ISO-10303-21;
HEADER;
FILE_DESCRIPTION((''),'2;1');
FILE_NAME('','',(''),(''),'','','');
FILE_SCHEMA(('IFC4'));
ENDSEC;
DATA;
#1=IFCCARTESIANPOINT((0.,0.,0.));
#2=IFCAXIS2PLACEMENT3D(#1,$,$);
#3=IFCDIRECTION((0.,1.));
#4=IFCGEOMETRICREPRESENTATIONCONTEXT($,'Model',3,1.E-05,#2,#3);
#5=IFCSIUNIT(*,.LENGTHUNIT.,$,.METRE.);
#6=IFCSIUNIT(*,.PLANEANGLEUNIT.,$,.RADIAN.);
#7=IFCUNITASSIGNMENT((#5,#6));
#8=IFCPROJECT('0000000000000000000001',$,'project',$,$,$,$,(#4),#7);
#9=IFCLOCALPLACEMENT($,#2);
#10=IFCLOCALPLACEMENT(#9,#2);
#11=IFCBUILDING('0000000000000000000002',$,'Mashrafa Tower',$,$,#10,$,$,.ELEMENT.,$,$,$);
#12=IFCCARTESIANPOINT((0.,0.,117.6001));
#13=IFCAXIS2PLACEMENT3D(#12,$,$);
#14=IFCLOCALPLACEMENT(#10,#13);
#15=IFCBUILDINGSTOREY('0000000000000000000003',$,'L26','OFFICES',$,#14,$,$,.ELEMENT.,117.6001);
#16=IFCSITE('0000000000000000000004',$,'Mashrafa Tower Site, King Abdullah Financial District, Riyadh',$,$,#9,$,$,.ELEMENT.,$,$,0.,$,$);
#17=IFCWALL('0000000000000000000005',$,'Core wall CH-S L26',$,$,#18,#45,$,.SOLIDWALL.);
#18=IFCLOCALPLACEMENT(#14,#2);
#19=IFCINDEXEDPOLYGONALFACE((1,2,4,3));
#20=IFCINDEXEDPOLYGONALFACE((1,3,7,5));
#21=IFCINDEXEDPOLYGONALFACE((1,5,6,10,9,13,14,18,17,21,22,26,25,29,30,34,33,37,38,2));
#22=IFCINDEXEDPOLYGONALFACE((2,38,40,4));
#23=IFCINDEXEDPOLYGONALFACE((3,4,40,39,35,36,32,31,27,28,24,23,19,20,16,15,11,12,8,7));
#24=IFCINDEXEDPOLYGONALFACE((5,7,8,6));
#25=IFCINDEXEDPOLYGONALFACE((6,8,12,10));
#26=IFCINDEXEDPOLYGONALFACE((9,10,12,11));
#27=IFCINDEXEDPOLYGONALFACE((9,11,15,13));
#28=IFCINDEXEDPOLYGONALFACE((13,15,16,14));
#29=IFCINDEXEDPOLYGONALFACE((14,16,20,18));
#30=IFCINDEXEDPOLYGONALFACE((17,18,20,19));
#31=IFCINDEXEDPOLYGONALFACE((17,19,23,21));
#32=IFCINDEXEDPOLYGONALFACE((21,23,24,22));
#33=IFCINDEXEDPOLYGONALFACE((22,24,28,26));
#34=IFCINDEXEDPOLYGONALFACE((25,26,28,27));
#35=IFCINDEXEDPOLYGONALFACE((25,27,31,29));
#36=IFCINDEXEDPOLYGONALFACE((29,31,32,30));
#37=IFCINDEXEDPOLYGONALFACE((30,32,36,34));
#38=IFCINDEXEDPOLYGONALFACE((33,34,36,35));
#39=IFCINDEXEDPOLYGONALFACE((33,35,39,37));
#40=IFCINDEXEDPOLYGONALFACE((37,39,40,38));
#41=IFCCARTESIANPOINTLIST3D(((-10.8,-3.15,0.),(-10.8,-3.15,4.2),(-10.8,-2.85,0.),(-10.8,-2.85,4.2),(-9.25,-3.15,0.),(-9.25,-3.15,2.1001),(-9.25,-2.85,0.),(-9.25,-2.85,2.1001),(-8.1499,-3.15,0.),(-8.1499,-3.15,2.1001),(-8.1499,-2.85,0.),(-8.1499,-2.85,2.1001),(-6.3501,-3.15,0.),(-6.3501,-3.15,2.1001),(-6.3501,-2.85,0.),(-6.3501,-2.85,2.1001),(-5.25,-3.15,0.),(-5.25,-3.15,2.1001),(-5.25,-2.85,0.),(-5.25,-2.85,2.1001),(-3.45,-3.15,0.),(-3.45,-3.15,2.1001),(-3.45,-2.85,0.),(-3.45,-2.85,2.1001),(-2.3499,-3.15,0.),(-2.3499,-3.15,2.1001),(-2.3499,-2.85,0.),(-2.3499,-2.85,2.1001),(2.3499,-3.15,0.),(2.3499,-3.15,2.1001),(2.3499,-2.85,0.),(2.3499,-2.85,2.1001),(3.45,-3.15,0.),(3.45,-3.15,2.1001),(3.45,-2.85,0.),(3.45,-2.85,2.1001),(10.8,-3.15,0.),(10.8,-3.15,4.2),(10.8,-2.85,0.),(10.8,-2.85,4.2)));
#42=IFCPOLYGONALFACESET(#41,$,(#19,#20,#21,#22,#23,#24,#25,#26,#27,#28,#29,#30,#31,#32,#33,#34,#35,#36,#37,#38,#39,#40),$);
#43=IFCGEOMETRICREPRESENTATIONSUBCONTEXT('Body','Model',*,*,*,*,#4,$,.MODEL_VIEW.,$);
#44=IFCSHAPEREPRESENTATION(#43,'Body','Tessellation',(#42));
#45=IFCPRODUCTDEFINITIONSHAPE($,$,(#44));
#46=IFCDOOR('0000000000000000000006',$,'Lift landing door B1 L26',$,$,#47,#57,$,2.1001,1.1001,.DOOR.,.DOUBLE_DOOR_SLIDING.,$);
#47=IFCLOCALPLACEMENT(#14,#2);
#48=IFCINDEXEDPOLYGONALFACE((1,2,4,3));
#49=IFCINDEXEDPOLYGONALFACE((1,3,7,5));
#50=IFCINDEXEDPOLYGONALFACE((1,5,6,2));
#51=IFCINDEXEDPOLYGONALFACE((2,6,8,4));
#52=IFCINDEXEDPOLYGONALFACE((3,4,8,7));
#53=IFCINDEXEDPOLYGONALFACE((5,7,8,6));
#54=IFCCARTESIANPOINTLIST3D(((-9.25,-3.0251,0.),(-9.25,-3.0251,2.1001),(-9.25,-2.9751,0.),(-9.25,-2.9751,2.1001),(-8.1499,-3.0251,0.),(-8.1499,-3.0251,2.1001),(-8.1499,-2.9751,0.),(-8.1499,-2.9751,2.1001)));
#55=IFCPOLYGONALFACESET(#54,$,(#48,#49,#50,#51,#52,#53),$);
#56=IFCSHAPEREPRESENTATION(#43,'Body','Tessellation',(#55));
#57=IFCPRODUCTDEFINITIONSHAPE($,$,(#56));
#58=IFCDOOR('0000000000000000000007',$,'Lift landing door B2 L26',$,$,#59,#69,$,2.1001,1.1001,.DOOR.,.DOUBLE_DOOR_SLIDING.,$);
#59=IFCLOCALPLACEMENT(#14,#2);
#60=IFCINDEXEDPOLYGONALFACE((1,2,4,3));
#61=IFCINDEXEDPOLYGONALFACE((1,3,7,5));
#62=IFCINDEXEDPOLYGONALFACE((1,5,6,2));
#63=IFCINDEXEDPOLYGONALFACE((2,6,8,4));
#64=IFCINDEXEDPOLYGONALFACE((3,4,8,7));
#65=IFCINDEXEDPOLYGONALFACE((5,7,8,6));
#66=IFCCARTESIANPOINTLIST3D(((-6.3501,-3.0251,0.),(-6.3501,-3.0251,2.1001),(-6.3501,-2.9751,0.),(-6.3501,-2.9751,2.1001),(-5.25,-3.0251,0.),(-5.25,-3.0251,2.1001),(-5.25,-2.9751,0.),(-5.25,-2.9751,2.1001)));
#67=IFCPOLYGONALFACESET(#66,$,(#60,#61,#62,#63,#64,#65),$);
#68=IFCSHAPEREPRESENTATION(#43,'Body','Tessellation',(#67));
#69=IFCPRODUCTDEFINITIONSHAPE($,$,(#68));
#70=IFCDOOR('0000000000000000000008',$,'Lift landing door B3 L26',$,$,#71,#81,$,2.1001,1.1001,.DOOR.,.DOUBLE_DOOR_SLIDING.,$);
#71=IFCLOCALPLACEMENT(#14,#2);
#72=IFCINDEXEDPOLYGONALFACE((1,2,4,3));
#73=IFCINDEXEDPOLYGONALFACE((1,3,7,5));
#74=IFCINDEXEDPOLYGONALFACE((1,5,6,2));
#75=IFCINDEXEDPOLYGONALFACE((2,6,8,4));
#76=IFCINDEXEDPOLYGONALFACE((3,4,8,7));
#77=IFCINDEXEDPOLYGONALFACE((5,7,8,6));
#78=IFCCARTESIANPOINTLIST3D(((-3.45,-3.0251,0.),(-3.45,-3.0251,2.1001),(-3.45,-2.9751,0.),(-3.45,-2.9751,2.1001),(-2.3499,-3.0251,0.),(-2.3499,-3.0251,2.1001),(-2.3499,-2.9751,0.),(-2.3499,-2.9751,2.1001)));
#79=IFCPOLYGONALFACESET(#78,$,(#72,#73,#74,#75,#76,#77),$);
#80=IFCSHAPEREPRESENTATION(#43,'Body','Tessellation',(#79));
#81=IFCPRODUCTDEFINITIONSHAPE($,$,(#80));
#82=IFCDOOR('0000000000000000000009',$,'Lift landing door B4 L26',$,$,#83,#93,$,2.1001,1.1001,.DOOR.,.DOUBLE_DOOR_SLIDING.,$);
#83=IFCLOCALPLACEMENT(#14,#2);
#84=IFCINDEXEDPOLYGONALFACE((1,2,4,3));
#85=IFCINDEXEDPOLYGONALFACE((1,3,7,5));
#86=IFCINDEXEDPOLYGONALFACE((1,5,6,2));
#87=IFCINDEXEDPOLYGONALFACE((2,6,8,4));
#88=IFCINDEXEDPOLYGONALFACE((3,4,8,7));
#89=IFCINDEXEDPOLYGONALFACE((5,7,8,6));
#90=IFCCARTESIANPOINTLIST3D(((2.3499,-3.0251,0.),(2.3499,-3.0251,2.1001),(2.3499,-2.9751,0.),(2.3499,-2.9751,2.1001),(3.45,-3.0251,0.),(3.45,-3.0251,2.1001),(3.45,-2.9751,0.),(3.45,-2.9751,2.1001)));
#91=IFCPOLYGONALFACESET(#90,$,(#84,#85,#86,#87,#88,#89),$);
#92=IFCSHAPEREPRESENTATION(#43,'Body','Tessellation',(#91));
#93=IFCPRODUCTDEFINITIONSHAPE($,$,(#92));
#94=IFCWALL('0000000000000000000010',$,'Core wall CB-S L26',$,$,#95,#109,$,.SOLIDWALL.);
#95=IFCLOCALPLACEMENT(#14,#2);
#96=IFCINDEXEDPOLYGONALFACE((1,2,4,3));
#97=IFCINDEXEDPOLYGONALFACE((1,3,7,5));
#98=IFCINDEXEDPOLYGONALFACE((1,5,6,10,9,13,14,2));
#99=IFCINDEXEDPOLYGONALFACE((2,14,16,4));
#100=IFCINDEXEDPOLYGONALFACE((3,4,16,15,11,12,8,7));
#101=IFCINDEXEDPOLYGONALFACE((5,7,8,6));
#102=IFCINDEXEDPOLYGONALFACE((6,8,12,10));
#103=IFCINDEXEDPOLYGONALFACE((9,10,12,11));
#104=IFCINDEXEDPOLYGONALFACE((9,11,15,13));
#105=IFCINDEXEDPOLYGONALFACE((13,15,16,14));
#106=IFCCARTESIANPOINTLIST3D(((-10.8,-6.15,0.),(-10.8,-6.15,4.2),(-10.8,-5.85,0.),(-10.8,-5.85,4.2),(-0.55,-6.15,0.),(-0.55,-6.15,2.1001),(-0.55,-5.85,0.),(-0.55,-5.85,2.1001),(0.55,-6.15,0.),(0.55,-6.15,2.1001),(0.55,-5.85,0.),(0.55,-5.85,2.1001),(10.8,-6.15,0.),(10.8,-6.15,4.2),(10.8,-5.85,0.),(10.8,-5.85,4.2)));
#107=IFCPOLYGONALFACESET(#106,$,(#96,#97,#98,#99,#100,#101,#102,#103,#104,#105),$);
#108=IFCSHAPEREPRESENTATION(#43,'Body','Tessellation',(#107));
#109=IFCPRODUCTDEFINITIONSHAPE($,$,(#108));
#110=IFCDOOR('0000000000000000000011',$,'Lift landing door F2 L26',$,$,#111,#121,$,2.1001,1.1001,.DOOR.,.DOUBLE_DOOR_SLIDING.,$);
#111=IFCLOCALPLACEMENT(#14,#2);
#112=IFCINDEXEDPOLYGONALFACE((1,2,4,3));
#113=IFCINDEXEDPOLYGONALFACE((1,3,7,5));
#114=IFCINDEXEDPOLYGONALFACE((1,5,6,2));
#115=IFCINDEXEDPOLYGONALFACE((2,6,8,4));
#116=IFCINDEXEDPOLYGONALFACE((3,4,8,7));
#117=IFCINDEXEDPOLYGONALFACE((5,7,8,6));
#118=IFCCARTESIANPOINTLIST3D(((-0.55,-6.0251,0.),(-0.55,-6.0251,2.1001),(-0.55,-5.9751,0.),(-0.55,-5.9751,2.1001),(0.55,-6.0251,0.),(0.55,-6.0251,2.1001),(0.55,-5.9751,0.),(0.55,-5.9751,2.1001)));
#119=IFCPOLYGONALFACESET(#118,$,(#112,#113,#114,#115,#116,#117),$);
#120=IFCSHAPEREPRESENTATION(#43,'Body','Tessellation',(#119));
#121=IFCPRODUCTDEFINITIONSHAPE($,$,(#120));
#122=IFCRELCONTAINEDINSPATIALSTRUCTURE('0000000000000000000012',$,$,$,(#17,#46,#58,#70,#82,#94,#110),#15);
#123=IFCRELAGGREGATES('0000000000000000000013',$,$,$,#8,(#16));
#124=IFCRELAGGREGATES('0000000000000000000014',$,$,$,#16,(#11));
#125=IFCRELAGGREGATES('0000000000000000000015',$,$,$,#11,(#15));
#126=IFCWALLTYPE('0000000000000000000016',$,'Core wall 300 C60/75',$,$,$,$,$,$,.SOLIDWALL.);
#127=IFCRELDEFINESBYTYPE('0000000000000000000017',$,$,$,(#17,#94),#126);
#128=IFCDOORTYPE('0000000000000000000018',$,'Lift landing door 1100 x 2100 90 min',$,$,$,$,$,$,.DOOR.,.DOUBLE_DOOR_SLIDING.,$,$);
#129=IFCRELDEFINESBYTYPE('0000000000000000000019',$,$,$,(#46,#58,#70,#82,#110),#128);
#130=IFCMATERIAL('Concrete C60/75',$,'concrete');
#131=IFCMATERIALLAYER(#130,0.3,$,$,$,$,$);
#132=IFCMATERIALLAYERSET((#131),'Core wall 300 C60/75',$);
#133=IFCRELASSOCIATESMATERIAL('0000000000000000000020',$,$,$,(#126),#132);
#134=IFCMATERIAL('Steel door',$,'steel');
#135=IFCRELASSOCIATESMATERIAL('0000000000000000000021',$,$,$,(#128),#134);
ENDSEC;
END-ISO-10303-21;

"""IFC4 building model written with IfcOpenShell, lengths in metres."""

from ifc_helpers import new_model, si_unit, direction, frame, frame_2d, origin, place, context, subcontext, project, spatial, rectangle, extrude, material, layer, layer_set, type_object, element, fill, save


model = new_model("IFC4")

# Units and contexts
model_context = context("Model", 3, precision=1e-05, world=origin(), true_north=direction((0.0, 1.0)))
body_context = subcontext(model_context, "Body", "Model", "MODEL_VIEW")
ifc_project = project(units=[si_unit("LENGTHUNIT", "METRE"), si_unit("PLANEANGLEUNIT", "RADIAN")], contexts=[model_context])

# Site, building, storey
site_placement = place(None, origin())
site = spatial("IfcSite", under=ifc_project, at=site_placement, Name="Mashrafa Tower Site, King Abdullah Financial District, Riyadh", CompositionType="ELEMENT", RefElevation=0.0)
building_placement = place(site_placement, origin())
building = spatial("IfcBuilding", under=site, at=building_placement, Name="Mashrafa Tower", CompositionType="ELEMENT")
storey_placement = place(building_placement, frame((0.0, 0.0, 117.6001)))
storey = spatial("IfcBuildingStorey", under=building, at=storey_placement, Name="L26", Description="OFFICES", CompositionType="ELEMENT", Elevation=117.6001)

# Wall, openings, doors
ifc_material_1 = material(Name="Concrete C60/75", Category="concrete")
ifc_layer_1 = layer(ifc_material_1, 0.3)
ifc_layer_set_1 = layer_set([ifc_layer_1], Name="Core wall 300 C60/75")
wall_type_1 = type_object("IfcWallType", Name="Core wall 300 C60/75", PredefinedType="SOLIDWALL", material=ifc_layer_set_1)
wall_1_placement = place(storey_placement, frame((-10.8, -3.0, 0.0), z_axis=(0.0, 0.0, 1.0), x_axis=(1.0, 0.0, 0.0)))
wall_1 = element("IfcWall", 1, at=wall_1_placement, inside=storey, type_object=wall_type_1, Name="Core wall CH-S L26", PredefinedType="SOLIDWALL", context=body_context, shape_type="SweptSolid", body=[
    extrude(rectangle(XDim=21.6001, YDim=0.3, at=frame_2d((10.8, 0.0))), origin(), (0.0, 0.0, 1.0), 4.2),
])
opening_1_placement = place(wall_1_placement, frame((1.55, 0.0, 0.0)))
opening_1 = element("IfcOpeningElement", 2, at=opening_1_placement, cuts=wall_1, PredefinedType="OPENING", context=body_context, shape_type="SweptSolid", body=[
    extrude(rectangle(XDim=1.1001, YDim=2.1001, at=frame_2d((0.55, 1.05))), frame((0.0, 0.1599, 0.0), z_axis=(0.0, -1.0, 0.0), x_axis=(1.0, 0.0, 0.0)), (0.0, 0.0, 1.0), 0.3201),
])
opening_2_placement = place(wall_1_placement, frame((4.45, 0.0, 0.0)))
opening_2 = element("IfcOpeningElement", 3, at=opening_2_placement, cuts=wall_1, PredefinedType="OPENING", context=body_context, shape_type="SweptSolid", body=[
    extrude(rectangle(XDim=1.1001, YDim=2.1001, at=frame_2d((0.55, 1.05))), frame((0.0, 0.1599, 0.0), z_axis=(0.0, -1.0, 0.0), x_axis=(1.0, 0.0, 0.0)), (0.0, 0.0, 1.0), 0.3201),
])
opening_3_placement = place(wall_1_placement, frame((7.3501, 0.0, 0.0)))
opening_3 = element("IfcOpeningElement", 4, at=opening_3_placement, cuts=wall_1, PredefinedType="OPENING", context=body_context, shape_type="SweptSolid", body=[
    extrude(rectangle(XDim=1.1001, YDim=2.1001, at=frame_2d((0.55, 1.05))), frame((0.0, 0.1599, 0.0), z_axis=(0.0, -1.0, 0.0), x_axis=(1.0, 0.0, 0.0)), (0.0, 0.0, 1.0), 0.3201),
])
opening_4_placement = place(wall_1_placement, frame((13.1499, 0.0, 0.0)))
opening_4 = element("IfcOpeningElement", 5, at=opening_4_placement, cuts=wall_1, PredefinedType="OPENING", context=body_context, shape_type="SweptSolid", body=[
    extrude(rectangle(XDim=1.1001, YDim=2.1001, at=frame_2d((0.55, 1.05))), frame((0.0, 0.1599, 0.0), z_axis=(0.0, -1.0, 0.0), x_axis=(1.0, 0.0, 0.0)), (0.0, 0.0, 1.0), 0.3201),
])
ifc_material_2 = material(Name="Steel door", Category="steel")
door_type_1 = type_object("IfcDoorType", Name="Lift landing door 1100 x 2100 90 min", OperationType="DOUBLE_DOOR_SLIDING", PredefinedType="DOOR", material=ifc_material_2)
door_1_placement = place(opening_1_placement, origin())
door_1 = element("IfcDoor", 6, at=door_1_placement, inside=storey, type_object=door_type_1, Name="Lift landing door B1 L26", OperationType="DOUBLE_DOOR_SLIDING", OverallHeight=2.1001, OverallWidth=1.1001, PredefinedType="DOOR", context=body_context, shape_type="SweptSolid", body=[
    extrude(rectangle(XDim=1.1001, YDim=2.1001, at=frame_2d((0.55, 1.05))), frame((0.0, 0.0249, 0.0), z_axis=(0.0, -1.0, 0.0), x_axis=(1.0, 0.0, 0.0)), (0.0, 0.0, 1.0), 0.05),
])
fill(opening_1, door_1)
door_2_placement = place(opening_2_placement, origin())
door_2 = element("IfcDoor", 7, at=door_2_placement, inside=storey, type_object=door_type_1, Name="Lift landing door B2 L26", OperationType="DOUBLE_DOOR_SLIDING", OverallHeight=2.1001, OverallWidth=1.1001, PredefinedType="DOOR", context=body_context, shape_type="SweptSolid", body=[
    extrude(rectangle(XDim=1.1001, YDim=2.1001, at=frame_2d((0.55, 1.05))), frame((0.0, 0.0249, 0.0), z_axis=(0.0, -1.0, 0.0), x_axis=(1.0, 0.0, 0.0)), (0.0, 0.0, 1.0), 0.05),
])
fill(opening_2, door_2)
door_3_placement = place(opening_3_placement, origin())
door_3 = element("IfcDoor", 8, at=door_3_placement, inside=storey, type_object=door_type_1, Name="Lift landing door B3 L26", OperationType="DOUBLE_DOOR_SLIDING", OverallHeight=2.1001, OverallWidth=1.1001, PredefinedType="DOOR", context=body_context, shape_type="SweptSolid", body=[
    extrude(rectangle(XDim=1.1001, YDim=2.1001, at=frame_2d((0.55, 1.05))), frame((0.0, 0.0249, 0.0), z_axis=(0.0, -1.0, 0.0), x_axis=(1.0, 0.0, 0.0)), (0.0, 0.0, 1.0), 0.05),
])
fill(opening_3, door_3)
door_4_placement = place(opening_4_placement, origin())
door_4 = element("IfcDoor", 9, at=door_4_placement, inside=storey, type_object=door_type_1, Name="Lift landing door B4 L26", OperationType="DOUBLE_DOOR_SLIDING", OverallHeight=2.1001, OverallWidth=1.1001, PredefinedType="DOOR", context=body_context, shape_type="SweptSolid", body=[
    extrude(rectangle(XDim=1.1001, YDim=2.1001, at=frame_2d((0.55, 1.05))), frame((0.0, 0.0249, 0.0), z_axis=(0.0, -1.0, 0.0), x_axis=(1.0, 0.0, 0.0)), (0.0, 0.0, 1.0), 0.05),
])
fill(opening_4, door_4)

# Wall, opening, door
wall_2_placement = place(storey_placement, frame((-10.8, -6.0, 0.0), z_axis=(0.0, 0.0, 1.0), x_axis=(1.0, 0.0, 0.0)))
wall_2 = element("IfcWall", 10, at=wall_2_placement, inside=storey, type_object=wall_type_1, Name="Core wall CB-S L26", PredefinedType="SOLIDWALL", context=body_context, shape_type="SweptSolid", body=[
    extrude(rectangle(XDim=21.6001, YDim=0.3, at=frame_2d((10.8, 0.0))), origin(), (0.0, 0.0, 1.0), 4.2),
])
opening_5_placement = place(wall_2_placement, frame((10.25, 0.0, 0.0)))
opening_5 = element("IfcOpeningElement", 11, at=opening_5_placement, cuts=wall_2, PredefinedType="OPENING", context=body_context, shape_type="SweptSolid", body=[
    extrude(rectangle(XDim=1.1001, YDim=2.1001, at=frame_2d((0.55, 1.05))), frame((0.0, 0.1599, 0.0), z_axis=(0.0, -1.0, 0.0), x_axis=(1.0, 0.0, 0.0)), (0.0, 0.0, 1.0), 0.3201),
])
door_5_placement = place(opening_5_placement, origin())
door_5 = element("IfcDoor", 12, at=door_5_placement, inside=storey, type_object=door_type_1, Name="Lift landing door F2 L26", OperationType="DOUBLE_DOOR_SLIDING", OverallHeight=2.1001, OverallWidth=1.1001, PredefinedType="DOOR", context=body_context, shape_type="SweptSolid", body=[
    extrude(rectangle(XDim=1.1001, YDim=2.1001, at=frame_2d((0.55, 1.05))), frame((0.0, 0.0249, 0.0), z_axis=(0.0, -1.0, 0.0), x_axis=(1.0, 0.0, 0.0)), (0.0, 0.0, 1.0), 0.05),
])
fill(opening_5, door_5)

save(model, "model.ifc")
